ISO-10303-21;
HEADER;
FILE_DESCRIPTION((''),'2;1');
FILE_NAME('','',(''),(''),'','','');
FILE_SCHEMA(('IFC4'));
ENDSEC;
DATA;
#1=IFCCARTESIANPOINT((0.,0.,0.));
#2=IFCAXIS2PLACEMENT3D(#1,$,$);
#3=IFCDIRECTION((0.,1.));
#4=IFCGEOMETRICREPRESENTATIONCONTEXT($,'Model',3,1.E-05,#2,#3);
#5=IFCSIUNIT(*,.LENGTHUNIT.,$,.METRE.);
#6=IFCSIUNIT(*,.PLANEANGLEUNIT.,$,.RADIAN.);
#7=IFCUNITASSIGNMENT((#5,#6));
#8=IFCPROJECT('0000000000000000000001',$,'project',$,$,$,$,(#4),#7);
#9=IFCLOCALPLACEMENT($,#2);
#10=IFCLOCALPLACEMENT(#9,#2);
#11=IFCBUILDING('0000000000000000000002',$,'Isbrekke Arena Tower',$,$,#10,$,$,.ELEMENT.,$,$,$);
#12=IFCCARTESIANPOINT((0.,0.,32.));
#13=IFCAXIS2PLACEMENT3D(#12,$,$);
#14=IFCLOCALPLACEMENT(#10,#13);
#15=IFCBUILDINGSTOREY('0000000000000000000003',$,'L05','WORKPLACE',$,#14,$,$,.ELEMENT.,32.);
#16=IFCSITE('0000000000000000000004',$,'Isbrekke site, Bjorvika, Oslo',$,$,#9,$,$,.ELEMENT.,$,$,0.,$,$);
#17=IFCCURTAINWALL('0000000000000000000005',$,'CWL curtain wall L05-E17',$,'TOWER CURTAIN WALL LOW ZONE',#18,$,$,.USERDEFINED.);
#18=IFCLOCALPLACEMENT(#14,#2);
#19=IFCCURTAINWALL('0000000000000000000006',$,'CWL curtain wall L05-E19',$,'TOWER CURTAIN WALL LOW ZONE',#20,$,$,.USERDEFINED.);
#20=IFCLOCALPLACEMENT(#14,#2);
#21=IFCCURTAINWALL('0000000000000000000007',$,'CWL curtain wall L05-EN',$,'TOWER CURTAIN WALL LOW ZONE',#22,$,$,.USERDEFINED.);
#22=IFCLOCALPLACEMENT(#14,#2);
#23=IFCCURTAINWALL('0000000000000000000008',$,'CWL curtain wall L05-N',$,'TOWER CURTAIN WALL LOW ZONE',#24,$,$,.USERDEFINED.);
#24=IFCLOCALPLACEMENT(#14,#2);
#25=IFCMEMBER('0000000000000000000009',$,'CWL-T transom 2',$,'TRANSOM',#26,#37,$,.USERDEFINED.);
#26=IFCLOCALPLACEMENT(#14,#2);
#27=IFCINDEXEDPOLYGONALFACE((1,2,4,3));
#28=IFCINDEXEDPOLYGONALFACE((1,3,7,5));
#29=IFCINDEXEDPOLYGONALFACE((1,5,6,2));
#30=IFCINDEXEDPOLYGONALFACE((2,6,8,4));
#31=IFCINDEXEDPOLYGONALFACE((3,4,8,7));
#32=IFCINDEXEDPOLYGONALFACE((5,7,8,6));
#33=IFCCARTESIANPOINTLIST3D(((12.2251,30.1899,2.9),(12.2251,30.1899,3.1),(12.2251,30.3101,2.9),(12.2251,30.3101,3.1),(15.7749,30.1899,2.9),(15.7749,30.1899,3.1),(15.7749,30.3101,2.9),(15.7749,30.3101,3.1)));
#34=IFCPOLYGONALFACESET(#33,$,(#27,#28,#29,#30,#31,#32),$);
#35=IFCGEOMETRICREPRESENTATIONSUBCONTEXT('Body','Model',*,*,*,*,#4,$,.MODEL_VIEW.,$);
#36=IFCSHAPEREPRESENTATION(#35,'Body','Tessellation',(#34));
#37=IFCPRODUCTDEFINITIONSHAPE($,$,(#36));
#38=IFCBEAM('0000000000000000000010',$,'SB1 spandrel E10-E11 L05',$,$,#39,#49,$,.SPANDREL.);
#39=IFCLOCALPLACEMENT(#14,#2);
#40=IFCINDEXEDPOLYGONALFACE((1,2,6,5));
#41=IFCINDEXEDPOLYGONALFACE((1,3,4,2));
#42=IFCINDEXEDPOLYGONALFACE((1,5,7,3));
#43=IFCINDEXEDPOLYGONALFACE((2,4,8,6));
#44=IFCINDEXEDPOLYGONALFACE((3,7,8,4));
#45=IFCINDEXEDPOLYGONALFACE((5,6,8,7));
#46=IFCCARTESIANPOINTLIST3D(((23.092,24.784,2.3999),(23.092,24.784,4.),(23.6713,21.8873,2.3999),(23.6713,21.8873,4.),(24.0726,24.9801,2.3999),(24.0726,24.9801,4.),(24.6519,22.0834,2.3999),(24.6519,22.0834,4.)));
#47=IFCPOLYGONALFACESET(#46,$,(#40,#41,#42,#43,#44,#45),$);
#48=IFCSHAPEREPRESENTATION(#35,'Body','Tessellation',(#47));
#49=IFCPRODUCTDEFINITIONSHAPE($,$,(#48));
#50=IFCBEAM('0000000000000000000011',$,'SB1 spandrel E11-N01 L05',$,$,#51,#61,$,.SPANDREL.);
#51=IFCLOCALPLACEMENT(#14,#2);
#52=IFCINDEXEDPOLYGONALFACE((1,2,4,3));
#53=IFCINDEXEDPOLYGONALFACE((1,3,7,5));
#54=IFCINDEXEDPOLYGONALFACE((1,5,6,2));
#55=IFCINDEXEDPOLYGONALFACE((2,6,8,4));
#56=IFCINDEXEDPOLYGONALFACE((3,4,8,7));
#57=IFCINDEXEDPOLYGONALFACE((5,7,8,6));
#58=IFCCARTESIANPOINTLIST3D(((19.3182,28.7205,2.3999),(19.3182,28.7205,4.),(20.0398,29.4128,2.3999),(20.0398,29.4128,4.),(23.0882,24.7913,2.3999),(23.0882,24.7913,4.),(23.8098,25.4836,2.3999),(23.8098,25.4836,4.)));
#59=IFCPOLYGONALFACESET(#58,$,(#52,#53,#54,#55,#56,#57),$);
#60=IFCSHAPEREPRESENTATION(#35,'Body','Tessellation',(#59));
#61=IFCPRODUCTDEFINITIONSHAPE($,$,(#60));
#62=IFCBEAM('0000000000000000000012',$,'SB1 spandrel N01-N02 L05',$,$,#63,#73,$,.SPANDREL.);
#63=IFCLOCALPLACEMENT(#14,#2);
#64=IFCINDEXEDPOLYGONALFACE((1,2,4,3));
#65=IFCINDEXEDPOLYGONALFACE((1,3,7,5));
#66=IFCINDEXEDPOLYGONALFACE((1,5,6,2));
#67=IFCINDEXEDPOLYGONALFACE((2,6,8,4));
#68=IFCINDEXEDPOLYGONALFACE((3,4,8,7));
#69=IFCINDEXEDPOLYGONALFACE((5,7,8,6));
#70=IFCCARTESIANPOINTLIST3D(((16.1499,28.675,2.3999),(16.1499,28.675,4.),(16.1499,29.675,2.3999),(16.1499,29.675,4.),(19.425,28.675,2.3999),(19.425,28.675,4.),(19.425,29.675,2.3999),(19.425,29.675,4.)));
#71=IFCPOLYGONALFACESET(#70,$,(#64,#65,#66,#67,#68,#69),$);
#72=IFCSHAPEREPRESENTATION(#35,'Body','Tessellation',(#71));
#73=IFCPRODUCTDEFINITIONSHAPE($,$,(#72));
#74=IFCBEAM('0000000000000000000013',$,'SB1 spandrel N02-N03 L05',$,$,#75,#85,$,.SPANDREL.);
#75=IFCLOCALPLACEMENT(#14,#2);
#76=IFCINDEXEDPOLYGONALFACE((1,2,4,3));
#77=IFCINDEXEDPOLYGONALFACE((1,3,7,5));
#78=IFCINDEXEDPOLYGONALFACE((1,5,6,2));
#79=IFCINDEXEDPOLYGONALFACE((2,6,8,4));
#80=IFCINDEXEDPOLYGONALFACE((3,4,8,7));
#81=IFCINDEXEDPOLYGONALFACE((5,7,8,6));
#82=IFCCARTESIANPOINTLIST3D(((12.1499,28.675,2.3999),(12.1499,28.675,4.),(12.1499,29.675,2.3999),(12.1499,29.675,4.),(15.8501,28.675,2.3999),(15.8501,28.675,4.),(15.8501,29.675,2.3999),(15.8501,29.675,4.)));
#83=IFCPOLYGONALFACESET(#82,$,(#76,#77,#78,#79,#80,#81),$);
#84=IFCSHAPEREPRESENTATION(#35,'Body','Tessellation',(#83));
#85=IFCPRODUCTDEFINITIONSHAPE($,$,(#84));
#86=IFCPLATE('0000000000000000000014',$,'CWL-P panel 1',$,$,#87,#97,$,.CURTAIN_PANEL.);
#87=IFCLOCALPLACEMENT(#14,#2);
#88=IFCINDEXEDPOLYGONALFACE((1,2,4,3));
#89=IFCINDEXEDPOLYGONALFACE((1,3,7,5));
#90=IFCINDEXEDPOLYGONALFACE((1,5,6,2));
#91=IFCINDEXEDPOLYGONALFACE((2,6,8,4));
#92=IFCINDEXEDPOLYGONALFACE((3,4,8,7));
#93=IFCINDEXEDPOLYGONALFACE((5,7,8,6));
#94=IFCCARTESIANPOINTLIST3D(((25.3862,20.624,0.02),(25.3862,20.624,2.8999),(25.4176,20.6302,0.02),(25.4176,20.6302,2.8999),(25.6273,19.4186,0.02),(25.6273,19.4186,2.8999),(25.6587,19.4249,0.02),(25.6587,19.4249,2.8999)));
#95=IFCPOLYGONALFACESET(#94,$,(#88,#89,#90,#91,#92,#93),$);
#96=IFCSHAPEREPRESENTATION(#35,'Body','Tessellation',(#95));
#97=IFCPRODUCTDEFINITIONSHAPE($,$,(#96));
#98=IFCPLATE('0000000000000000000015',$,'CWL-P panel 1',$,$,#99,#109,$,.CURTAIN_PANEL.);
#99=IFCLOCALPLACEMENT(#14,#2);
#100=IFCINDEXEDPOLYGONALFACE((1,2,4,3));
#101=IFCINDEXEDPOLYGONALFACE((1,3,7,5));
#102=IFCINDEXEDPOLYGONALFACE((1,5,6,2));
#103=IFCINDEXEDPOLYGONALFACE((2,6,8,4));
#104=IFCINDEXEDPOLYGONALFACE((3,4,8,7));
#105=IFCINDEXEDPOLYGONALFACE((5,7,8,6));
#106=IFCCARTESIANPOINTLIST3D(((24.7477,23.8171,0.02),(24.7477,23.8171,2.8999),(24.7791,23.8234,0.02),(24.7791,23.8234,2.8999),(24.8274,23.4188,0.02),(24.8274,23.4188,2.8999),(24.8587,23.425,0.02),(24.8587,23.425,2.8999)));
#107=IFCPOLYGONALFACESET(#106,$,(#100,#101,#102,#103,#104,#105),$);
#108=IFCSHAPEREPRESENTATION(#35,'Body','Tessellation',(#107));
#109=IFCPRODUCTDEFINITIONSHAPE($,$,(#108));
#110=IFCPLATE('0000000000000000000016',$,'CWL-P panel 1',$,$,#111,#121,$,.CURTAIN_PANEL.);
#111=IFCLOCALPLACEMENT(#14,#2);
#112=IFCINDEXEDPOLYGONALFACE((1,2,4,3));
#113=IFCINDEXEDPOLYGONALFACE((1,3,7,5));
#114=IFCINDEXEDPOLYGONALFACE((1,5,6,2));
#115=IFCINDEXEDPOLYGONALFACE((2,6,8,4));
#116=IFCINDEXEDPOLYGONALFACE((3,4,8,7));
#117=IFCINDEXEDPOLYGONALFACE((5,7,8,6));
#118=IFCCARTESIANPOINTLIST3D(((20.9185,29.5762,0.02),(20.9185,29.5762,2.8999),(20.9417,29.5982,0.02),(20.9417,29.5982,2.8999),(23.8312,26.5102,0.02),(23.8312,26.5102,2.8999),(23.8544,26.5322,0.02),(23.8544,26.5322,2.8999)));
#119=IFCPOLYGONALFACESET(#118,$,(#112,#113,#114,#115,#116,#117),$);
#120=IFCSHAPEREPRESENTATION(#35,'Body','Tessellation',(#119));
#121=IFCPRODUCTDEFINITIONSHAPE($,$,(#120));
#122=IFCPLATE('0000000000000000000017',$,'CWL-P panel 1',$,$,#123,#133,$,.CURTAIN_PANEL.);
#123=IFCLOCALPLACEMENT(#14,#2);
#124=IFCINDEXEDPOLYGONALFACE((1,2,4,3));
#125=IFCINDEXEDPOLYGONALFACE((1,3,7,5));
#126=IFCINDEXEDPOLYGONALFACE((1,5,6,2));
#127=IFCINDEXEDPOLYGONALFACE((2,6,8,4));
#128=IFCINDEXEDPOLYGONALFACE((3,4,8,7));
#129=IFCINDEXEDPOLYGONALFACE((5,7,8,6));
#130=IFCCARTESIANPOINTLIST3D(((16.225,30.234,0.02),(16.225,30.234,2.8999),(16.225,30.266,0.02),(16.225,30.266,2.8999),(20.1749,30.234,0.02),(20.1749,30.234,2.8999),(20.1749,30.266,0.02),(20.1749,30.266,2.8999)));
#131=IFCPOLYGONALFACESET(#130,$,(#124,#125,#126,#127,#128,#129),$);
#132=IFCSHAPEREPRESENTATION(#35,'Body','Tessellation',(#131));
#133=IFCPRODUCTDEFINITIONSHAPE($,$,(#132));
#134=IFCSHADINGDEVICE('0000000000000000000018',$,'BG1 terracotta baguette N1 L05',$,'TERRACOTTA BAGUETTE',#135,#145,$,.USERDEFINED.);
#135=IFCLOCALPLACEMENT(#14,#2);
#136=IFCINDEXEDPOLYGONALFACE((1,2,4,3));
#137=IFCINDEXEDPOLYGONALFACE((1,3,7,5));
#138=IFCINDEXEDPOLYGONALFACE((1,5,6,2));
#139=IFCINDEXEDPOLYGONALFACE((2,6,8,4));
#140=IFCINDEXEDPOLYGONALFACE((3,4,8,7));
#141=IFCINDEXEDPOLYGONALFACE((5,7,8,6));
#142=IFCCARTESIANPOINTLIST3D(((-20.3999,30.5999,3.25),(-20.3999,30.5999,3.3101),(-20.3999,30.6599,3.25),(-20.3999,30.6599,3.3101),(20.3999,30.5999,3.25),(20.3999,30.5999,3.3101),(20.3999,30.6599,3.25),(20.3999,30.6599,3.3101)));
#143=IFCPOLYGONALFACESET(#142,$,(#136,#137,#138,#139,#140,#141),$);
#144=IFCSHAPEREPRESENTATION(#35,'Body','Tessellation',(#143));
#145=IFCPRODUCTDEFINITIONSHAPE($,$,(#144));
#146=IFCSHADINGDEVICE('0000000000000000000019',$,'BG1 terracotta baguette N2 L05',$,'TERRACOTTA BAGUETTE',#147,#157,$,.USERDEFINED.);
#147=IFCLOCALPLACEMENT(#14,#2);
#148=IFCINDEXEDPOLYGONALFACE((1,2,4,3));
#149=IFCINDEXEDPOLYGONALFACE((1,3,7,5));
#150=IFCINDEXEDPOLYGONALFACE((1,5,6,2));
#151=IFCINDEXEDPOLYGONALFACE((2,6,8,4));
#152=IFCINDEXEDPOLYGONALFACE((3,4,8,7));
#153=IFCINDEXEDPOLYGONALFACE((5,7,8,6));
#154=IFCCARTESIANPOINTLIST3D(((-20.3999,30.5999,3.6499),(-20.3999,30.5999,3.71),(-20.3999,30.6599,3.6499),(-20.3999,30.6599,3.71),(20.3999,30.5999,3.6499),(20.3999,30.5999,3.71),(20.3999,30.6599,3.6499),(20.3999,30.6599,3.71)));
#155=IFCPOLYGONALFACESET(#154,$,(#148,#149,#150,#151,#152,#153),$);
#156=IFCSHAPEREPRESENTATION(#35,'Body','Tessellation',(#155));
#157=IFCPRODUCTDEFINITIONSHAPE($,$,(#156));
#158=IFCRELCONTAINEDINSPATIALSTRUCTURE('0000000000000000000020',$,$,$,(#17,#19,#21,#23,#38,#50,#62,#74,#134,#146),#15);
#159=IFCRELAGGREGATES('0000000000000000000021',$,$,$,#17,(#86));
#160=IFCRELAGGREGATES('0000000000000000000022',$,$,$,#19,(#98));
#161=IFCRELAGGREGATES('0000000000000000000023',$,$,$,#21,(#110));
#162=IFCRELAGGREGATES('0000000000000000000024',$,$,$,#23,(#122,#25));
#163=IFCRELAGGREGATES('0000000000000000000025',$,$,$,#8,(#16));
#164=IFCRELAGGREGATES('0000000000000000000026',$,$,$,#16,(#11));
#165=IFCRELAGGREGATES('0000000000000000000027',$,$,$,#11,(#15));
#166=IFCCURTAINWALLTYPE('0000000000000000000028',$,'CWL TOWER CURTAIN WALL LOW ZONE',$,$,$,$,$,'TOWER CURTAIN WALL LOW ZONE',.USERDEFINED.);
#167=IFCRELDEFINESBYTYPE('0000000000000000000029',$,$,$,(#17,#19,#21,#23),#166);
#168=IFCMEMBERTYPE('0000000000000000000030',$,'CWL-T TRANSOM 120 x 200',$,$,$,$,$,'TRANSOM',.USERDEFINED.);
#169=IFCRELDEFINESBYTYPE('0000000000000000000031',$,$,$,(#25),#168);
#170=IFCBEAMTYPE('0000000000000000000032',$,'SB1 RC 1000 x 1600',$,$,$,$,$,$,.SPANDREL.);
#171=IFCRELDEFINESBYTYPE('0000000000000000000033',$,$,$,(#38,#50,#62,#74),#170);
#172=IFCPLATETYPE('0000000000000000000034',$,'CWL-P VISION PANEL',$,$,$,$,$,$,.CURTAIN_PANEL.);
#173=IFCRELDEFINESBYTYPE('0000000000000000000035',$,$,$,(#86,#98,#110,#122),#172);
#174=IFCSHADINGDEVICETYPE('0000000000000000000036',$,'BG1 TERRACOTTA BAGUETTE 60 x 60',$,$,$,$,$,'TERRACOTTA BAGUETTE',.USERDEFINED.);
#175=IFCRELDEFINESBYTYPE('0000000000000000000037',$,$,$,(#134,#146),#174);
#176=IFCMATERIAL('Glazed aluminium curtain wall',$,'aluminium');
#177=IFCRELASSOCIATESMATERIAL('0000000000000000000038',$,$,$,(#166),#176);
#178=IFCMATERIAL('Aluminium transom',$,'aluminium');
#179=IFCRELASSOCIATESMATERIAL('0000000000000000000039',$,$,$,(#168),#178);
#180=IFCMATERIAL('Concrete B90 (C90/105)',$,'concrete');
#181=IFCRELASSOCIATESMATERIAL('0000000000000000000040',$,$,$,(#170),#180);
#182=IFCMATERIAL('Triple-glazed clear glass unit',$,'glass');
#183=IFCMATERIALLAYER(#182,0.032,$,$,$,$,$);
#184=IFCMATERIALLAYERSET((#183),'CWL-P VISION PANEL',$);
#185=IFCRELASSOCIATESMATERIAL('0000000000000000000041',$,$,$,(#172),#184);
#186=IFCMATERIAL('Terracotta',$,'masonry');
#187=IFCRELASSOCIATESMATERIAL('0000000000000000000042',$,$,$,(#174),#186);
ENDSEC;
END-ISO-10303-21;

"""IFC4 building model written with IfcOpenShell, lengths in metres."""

from ifc_helpers import new_model, si_unit, direction, frame, origin, origin_2d, place, context, subcontext, project, spatial, rectangle, extrude, material, layer, layer_set, material_profile, profile_set, type_object, element, aggregate, save


model = new_model("IFC4")

# Units and contexts
model_context = context("Model", 3, precision=1e-05, world=origin(), true_north=direction((0.0, 1.0)))
body_context = subcontext(model_context, "Body", "Model", "MODEL_VIEW")
ifc_project = project(units=[si_unit("LENGTHUNIT", "METRE"), si_unit("PLANEANGLEUNIT", "RADIAN")], contexts=[model_context])

# Site, building, storey
site_placement = place(None, origin())
site = spatial("IfcSite", under=ifc_project, at=site_placement, Name="Isbrekke site, Bjorvika, Oslo", CompositionType="ELEMENT", RefElevation=0.0)
building_placement = place(site_placement, origin())
building = spatial("IfcBuilding", under=site, at=building_placement, Name="Isbrekke Arena Tower", CompositionType="ELEMENT")
storey_placement = place(building_placement, frame((0.0, 0.0, 32.0)))
storey = spatial("IfcBuildingStorey", under=building, at=storey_placement, Name="L05", Description="WORKPLACE", CompositionType="ELEMENT", Elevation=32.0)

# Curtain wall
ifc_material_1 = material(Name="Glazed aluminium curtain wall", Category="aluminium")
curtain_wall_type = type_object("IfcCurtainWallType", Name="CWL TOWER CURTAIN WALL LOW ZONE", ElementType="TOWER CURTAIN WALL LOW ZONE", PredefinedType="USERDEFINED", material=ifc_material_1)
curtain_wall_1_placement = place(storey_placement, origin())
curtain_wall_1 = element("IfcCurtainWall", 1, at=curtain_wall_1_placement, inside=storey, type_object=curtain_wall_type, Name="CWL curtain wall L05-E17", ObjectType="TOWER CURTAIN WALL LOW ZONE", PredefinedType="USERDEFINED")

# Curtain walls
curtain_wall_2_placement = place(storey_placement, origin())
curtain_wall_2 = element("IfcCurtainWall", 2, at=curtain_wall_2_placement, inside=storey, type_object=curtain_wall_type, Name="CWL curtain wall L05-E19", ObjectType="TOWER CURTAIN WALL LOW ZONE", PredefinedType="USERDEFINED")
curtain_wall_3_placement = place(storey_placement, origin())
curtain_wall_3 = element("IfcCurtainWall", 3, at=curtain_wall_3_placement, inside=storey, type_object=curtain_wall_type, Name="CWL curtain wall L05-EN", ObjectType="TOWER CURTAIN WALL LOW ZONE", PredefinedType="USERDEFINED")
curtain_wall_4_placement = place(storey_placement, origin())
curtain_wall_4 = element("IfcCurtainWall", 4, at=curtain_wall_4_placement, inside=storey, type_object=curtain_wall_type, Name="CWL curtain wall L05-N", ObjectType="TOWER CURTAIN WALL LOW ZONE", PredefinedType="USERDEFINED")

# Member
ifc_material_2 = material(Name="Aluminium transom", Category="aluminium")
ifc_material_profile_1 = material_profile(ifc_material_2, rectangle(XDim=0.1201, YDim=0.2, at=origin_2d()), Name="TRANSOM 120X200")
ifc_profile_set_1 = profile_set([ifc_material_profile_1], Name="Aluminium transom")
member_type_1 = type_object("IfcMemberType", Name="CWL-T TRANSOM 120 x 200", ElementType="TRANSOM", PredefinedType="USERDEFINED", material=ifc_profile_set_1)
member_1_placement = place(storey_placement, frame((15.7749, 30.25, 3.0), z_axis=(-1.0, 0.0, 0.0), x_axis=(0.0, -1.0, 0.0)))
member_1 = element("IfcMember", 5, at=member_1_placement, type_object=member_type_1, Name="CWL-T transom 2", ObjectType="TRANSOM", PredefinedType="USERDEFINED", context=body_context, shape_type="SweptSolid", body=[
    extrude(rectangle(XDim=0.1201, YDim=0.2, at=origin_2d()), origin(), (0.0, 0.0, 1.0), 3.5498),
])

# Beams
ifc_material_3 = material(Name="Concrete B90 (C90/105)", Category="concrete")
ifc_material_profile_2 = material_profile(ifc_material_3, rectangle(XDim=1.0, YDim=1.6001, at=origin_2d()), Name="RC 1000x1600")
ifc_profile_set_2 = profile_set([ifc_material_profile_2], Name="Concrete B90 (C90/105)")
beam_type_1 = type_object("IfcBeamType", Name="SB1 RC 1000 x 1600", PredefinedType="SPANDREL", material=ifc_profile_set_2)
beam_1_placement = place(storey_placement, frame((24.1616, 21.9854, 3.2), z_axis=(-0.196116, 0.980581, 0.0), x_axis=(-0.980581, -0.196116, 0.0)))
element("IfcBeam", 6, at=beam_1_placement, inside=storey, type_object=beam_type_1, Name="SB1 spandrel E10-E11 L05", PredefinedType="SPANDREL", context=body_context, shape_type="SweptSolid", body=[
    extrude(rectangle(XDim=1.0, YDim=1.6001, at=origin_2d()), origin(), (0.0, 0.0, 1.0), 2.9541),
])
beam_2_placement = place(storey_placement, frame((23.449, 25.1375, 3.2), z_axis=(-0.69234, 0.721572, 0.0), x_axis=(-0.721572, -0.69234, 0.0)))
element("IfcBeam", 7, at=beam_2_placement, inside=storey, type_object=beam_type_1, Name="SB1 spandrel E11-N01 L05", PredefinedType="SPANDREL", context=body_context, shape_type="SweptSolid", body=[
    extrude(rectangle(XDim=1.0, YDim=1.6001, at=origin_2d()), origin(), (0.0, 0.0, 1.0), 5.4453),
])
beam_3_placement = place(storey_placement, frame((19.425, 29.175, 3.2), z_axis=(-1.0, 0.0, 0.0), x_axis=(0.0, -1.0, 0.0)))
element("IfcBeam", 8, at=beam_3_placement, inside=storey, type_object=beam_type_1, Name="SB1 spandrel N01-N02 L05", PredefinedType="SPANDREL", context=body_context, shape_type="SweptSolid", body=[
    extrude(rectangle(XDim=1.0, YDim=1.6001, at=origin_2d()), origin(), (0.0, 0.0, 1.0), 3.2751),
])
beam_4_placement = place(storey_placement, frame((15.8501, 29.175, 3.2), z_axis=(-1.0, 0.0, 0.0), x_axis=(0.0, -1.0, 0.0)))
element("IfcBeam", 9, at=beam_4_placement, inside=storey, type_object=beam_type_1, Name="SB1 spandrel N02-N03 L05", PredefinedType="SPANDREL", context=body_context, shape_type="SweptSolid", body=[
    extrude(rectangle(XDim=1.0, YDim=1.6001, at=origin_2d()), origin(), (0.0, 0.0, 1.0), 3.7002),
])

# Plates
ifc_material_4 = material(Name="Triple-glazed clear glass unit", Category="glass")
ifc_layer_1 = layer(ifc_material_4, 0.032)
ifc_layer_set_1 = layer_set([ifc_layer_1], Name="CWL-P VISION PANEL")
plate_type = type_object("IfcPlateType", Name="CWL-P VISION PANEL", PredefinedType="CURTAIN_PANEL", material=ifc_layer_set_1)
plate_1_placement = place(storey_placement, frame((25.5225, 20.0244, 0.02), z_axis=(0.0, 0.0, 1.0), x_axis=(-0.196116, 0.980581, 0.0)))
plate_1 = element("IfcPlate", 10, at=plate_1_placement, type_object=plate_type, Name="CWL-P panel 1", PredefinedType="CURTAIN_PANEL", context=body_context, shape_type="SweptSolid", body=[
    extrude(rectangle(XDim=1.2292, YDim=0.032, at=origin_2d()), origin(), (0.0, 0.0, 1.0), 2.8799),
])
aggregate(curtain_wall_1, [plate_1])
plate_2_placement = place(storey_placement, frame((24.8032, 23.6211, 0.02), z_axis=(0.0, 0.0, 1.0), x_axis=(-0.196116, 0.980581, 0.0)))
plate_2 = element("IfcPlate", 11, at=plate_2_placement, type_object=plate_type, Name="CWL-P panel 1", PredefinedType="CURTAIN_PANEL", context=body_context, shape_type="SweptSolid", body=[
    extrude(rectangle(XDim=0.4062, YDim=0.032, at=origin_2d()), origin(), (0.0, 0.0, 1.0), 2.8799),
])
aggregate(curtain_wall_2, [plate_2])
plate_3_placement = place(storey_placement, frame((22.3865, 28.0542, 0.02), z_axis=(0.0, 0.0, 1.0), x_axis=(-0.688749, 0.724999, 0.0)))
plate_3 = element("IfcPlate", 12, at=plate_3_placement, type_object=plate_type, Name="CWL-P panel 1", PredefinedType="CURTAIN_PANEL", context=body_context, shape_type="SweptSolid", body=[
    extrude(rectangle(XDim=4.229, YDim=0.032, at=origin_2d()), origin(), (0.0, 0.0, 1.0), 2.8799),
])
aggregate(curtain_wall_3, [plate_3])
plate_4_placement = place(storey_placement, frame((18.2, 30.25, 0.02), z_axis=(0.0, 0.0, 1.0), x_axis=(-1.0, 0.0, 0.0)))
plate_4 = element("IfcPlate", 13, at=plate_4_placement, type_object=plate_type, Name="CWL-P panel 1", PredefinedType="CURTAIN_PANEL", context=body_context, shape_type="SweptSolid", body=[
    extrude(rectangle(XDim=3.95, YDim=0.032, at=origin_2d()), origin(), (0.0, 0.0, 1.0), 2.8799),
])
aggregate(curtain_wall_4, [plate_4, member_1])

# Shading devices
ifc_material_5 = material(Name="Terracotta", Category="masonry")
ifc_material_profile_3 = material_profile(ifc_material_5, rectangle(XDim=0.0601, YDim=0.0601, at=origin_2d()), Name="BAGUETTE 60X60")
ifc_profile_set_3 = profile_set([ifc_material_profile_3], Name="Terracotta")
shading_device_type = type_object("IfcShadingDeviceType", Name="BG1 TERRACOTTA BAGUETTE 60 x 60", ElementType="TERRACOTTA BAGUETTE", PredefinedType="USERDEFINED", material=ifc_profile_set_3)
for number, where, z_axis, x_axis, name in (
    (14, (20.3999, 30.6299, 3.28), (-1.0, 0.0, 0.0), (0.0, -1.0, 0.0), "BG1 terracotta baguette N1 L05"),
    (15, (20.3999, 30.6299, 3.6799), (-1.0, 0.0, 0.0), (0.0, -1.0, 0.0), "BG1 terracotta baguette N2 L05"),
):
    element("IfcShadingDevice", number, at=place(storey_placement, frame(where, z_axis=z_axis, x_axis=x_axis)), inside=storey, type_object=shading_device_type, Name=name, ObjectType="TERRACOTTA BAGUETTE", PredefinedType="USERDEFINED", context=body_context, shape_type="SweptSolid", body=[
        extrude(rectangle(XDim=0.0601, YDim=0.0601, at=origin_2d()), origin(), (0.0, 0.0, 1.0), 40.7998),
    ])

save(model, "model.ifc")
